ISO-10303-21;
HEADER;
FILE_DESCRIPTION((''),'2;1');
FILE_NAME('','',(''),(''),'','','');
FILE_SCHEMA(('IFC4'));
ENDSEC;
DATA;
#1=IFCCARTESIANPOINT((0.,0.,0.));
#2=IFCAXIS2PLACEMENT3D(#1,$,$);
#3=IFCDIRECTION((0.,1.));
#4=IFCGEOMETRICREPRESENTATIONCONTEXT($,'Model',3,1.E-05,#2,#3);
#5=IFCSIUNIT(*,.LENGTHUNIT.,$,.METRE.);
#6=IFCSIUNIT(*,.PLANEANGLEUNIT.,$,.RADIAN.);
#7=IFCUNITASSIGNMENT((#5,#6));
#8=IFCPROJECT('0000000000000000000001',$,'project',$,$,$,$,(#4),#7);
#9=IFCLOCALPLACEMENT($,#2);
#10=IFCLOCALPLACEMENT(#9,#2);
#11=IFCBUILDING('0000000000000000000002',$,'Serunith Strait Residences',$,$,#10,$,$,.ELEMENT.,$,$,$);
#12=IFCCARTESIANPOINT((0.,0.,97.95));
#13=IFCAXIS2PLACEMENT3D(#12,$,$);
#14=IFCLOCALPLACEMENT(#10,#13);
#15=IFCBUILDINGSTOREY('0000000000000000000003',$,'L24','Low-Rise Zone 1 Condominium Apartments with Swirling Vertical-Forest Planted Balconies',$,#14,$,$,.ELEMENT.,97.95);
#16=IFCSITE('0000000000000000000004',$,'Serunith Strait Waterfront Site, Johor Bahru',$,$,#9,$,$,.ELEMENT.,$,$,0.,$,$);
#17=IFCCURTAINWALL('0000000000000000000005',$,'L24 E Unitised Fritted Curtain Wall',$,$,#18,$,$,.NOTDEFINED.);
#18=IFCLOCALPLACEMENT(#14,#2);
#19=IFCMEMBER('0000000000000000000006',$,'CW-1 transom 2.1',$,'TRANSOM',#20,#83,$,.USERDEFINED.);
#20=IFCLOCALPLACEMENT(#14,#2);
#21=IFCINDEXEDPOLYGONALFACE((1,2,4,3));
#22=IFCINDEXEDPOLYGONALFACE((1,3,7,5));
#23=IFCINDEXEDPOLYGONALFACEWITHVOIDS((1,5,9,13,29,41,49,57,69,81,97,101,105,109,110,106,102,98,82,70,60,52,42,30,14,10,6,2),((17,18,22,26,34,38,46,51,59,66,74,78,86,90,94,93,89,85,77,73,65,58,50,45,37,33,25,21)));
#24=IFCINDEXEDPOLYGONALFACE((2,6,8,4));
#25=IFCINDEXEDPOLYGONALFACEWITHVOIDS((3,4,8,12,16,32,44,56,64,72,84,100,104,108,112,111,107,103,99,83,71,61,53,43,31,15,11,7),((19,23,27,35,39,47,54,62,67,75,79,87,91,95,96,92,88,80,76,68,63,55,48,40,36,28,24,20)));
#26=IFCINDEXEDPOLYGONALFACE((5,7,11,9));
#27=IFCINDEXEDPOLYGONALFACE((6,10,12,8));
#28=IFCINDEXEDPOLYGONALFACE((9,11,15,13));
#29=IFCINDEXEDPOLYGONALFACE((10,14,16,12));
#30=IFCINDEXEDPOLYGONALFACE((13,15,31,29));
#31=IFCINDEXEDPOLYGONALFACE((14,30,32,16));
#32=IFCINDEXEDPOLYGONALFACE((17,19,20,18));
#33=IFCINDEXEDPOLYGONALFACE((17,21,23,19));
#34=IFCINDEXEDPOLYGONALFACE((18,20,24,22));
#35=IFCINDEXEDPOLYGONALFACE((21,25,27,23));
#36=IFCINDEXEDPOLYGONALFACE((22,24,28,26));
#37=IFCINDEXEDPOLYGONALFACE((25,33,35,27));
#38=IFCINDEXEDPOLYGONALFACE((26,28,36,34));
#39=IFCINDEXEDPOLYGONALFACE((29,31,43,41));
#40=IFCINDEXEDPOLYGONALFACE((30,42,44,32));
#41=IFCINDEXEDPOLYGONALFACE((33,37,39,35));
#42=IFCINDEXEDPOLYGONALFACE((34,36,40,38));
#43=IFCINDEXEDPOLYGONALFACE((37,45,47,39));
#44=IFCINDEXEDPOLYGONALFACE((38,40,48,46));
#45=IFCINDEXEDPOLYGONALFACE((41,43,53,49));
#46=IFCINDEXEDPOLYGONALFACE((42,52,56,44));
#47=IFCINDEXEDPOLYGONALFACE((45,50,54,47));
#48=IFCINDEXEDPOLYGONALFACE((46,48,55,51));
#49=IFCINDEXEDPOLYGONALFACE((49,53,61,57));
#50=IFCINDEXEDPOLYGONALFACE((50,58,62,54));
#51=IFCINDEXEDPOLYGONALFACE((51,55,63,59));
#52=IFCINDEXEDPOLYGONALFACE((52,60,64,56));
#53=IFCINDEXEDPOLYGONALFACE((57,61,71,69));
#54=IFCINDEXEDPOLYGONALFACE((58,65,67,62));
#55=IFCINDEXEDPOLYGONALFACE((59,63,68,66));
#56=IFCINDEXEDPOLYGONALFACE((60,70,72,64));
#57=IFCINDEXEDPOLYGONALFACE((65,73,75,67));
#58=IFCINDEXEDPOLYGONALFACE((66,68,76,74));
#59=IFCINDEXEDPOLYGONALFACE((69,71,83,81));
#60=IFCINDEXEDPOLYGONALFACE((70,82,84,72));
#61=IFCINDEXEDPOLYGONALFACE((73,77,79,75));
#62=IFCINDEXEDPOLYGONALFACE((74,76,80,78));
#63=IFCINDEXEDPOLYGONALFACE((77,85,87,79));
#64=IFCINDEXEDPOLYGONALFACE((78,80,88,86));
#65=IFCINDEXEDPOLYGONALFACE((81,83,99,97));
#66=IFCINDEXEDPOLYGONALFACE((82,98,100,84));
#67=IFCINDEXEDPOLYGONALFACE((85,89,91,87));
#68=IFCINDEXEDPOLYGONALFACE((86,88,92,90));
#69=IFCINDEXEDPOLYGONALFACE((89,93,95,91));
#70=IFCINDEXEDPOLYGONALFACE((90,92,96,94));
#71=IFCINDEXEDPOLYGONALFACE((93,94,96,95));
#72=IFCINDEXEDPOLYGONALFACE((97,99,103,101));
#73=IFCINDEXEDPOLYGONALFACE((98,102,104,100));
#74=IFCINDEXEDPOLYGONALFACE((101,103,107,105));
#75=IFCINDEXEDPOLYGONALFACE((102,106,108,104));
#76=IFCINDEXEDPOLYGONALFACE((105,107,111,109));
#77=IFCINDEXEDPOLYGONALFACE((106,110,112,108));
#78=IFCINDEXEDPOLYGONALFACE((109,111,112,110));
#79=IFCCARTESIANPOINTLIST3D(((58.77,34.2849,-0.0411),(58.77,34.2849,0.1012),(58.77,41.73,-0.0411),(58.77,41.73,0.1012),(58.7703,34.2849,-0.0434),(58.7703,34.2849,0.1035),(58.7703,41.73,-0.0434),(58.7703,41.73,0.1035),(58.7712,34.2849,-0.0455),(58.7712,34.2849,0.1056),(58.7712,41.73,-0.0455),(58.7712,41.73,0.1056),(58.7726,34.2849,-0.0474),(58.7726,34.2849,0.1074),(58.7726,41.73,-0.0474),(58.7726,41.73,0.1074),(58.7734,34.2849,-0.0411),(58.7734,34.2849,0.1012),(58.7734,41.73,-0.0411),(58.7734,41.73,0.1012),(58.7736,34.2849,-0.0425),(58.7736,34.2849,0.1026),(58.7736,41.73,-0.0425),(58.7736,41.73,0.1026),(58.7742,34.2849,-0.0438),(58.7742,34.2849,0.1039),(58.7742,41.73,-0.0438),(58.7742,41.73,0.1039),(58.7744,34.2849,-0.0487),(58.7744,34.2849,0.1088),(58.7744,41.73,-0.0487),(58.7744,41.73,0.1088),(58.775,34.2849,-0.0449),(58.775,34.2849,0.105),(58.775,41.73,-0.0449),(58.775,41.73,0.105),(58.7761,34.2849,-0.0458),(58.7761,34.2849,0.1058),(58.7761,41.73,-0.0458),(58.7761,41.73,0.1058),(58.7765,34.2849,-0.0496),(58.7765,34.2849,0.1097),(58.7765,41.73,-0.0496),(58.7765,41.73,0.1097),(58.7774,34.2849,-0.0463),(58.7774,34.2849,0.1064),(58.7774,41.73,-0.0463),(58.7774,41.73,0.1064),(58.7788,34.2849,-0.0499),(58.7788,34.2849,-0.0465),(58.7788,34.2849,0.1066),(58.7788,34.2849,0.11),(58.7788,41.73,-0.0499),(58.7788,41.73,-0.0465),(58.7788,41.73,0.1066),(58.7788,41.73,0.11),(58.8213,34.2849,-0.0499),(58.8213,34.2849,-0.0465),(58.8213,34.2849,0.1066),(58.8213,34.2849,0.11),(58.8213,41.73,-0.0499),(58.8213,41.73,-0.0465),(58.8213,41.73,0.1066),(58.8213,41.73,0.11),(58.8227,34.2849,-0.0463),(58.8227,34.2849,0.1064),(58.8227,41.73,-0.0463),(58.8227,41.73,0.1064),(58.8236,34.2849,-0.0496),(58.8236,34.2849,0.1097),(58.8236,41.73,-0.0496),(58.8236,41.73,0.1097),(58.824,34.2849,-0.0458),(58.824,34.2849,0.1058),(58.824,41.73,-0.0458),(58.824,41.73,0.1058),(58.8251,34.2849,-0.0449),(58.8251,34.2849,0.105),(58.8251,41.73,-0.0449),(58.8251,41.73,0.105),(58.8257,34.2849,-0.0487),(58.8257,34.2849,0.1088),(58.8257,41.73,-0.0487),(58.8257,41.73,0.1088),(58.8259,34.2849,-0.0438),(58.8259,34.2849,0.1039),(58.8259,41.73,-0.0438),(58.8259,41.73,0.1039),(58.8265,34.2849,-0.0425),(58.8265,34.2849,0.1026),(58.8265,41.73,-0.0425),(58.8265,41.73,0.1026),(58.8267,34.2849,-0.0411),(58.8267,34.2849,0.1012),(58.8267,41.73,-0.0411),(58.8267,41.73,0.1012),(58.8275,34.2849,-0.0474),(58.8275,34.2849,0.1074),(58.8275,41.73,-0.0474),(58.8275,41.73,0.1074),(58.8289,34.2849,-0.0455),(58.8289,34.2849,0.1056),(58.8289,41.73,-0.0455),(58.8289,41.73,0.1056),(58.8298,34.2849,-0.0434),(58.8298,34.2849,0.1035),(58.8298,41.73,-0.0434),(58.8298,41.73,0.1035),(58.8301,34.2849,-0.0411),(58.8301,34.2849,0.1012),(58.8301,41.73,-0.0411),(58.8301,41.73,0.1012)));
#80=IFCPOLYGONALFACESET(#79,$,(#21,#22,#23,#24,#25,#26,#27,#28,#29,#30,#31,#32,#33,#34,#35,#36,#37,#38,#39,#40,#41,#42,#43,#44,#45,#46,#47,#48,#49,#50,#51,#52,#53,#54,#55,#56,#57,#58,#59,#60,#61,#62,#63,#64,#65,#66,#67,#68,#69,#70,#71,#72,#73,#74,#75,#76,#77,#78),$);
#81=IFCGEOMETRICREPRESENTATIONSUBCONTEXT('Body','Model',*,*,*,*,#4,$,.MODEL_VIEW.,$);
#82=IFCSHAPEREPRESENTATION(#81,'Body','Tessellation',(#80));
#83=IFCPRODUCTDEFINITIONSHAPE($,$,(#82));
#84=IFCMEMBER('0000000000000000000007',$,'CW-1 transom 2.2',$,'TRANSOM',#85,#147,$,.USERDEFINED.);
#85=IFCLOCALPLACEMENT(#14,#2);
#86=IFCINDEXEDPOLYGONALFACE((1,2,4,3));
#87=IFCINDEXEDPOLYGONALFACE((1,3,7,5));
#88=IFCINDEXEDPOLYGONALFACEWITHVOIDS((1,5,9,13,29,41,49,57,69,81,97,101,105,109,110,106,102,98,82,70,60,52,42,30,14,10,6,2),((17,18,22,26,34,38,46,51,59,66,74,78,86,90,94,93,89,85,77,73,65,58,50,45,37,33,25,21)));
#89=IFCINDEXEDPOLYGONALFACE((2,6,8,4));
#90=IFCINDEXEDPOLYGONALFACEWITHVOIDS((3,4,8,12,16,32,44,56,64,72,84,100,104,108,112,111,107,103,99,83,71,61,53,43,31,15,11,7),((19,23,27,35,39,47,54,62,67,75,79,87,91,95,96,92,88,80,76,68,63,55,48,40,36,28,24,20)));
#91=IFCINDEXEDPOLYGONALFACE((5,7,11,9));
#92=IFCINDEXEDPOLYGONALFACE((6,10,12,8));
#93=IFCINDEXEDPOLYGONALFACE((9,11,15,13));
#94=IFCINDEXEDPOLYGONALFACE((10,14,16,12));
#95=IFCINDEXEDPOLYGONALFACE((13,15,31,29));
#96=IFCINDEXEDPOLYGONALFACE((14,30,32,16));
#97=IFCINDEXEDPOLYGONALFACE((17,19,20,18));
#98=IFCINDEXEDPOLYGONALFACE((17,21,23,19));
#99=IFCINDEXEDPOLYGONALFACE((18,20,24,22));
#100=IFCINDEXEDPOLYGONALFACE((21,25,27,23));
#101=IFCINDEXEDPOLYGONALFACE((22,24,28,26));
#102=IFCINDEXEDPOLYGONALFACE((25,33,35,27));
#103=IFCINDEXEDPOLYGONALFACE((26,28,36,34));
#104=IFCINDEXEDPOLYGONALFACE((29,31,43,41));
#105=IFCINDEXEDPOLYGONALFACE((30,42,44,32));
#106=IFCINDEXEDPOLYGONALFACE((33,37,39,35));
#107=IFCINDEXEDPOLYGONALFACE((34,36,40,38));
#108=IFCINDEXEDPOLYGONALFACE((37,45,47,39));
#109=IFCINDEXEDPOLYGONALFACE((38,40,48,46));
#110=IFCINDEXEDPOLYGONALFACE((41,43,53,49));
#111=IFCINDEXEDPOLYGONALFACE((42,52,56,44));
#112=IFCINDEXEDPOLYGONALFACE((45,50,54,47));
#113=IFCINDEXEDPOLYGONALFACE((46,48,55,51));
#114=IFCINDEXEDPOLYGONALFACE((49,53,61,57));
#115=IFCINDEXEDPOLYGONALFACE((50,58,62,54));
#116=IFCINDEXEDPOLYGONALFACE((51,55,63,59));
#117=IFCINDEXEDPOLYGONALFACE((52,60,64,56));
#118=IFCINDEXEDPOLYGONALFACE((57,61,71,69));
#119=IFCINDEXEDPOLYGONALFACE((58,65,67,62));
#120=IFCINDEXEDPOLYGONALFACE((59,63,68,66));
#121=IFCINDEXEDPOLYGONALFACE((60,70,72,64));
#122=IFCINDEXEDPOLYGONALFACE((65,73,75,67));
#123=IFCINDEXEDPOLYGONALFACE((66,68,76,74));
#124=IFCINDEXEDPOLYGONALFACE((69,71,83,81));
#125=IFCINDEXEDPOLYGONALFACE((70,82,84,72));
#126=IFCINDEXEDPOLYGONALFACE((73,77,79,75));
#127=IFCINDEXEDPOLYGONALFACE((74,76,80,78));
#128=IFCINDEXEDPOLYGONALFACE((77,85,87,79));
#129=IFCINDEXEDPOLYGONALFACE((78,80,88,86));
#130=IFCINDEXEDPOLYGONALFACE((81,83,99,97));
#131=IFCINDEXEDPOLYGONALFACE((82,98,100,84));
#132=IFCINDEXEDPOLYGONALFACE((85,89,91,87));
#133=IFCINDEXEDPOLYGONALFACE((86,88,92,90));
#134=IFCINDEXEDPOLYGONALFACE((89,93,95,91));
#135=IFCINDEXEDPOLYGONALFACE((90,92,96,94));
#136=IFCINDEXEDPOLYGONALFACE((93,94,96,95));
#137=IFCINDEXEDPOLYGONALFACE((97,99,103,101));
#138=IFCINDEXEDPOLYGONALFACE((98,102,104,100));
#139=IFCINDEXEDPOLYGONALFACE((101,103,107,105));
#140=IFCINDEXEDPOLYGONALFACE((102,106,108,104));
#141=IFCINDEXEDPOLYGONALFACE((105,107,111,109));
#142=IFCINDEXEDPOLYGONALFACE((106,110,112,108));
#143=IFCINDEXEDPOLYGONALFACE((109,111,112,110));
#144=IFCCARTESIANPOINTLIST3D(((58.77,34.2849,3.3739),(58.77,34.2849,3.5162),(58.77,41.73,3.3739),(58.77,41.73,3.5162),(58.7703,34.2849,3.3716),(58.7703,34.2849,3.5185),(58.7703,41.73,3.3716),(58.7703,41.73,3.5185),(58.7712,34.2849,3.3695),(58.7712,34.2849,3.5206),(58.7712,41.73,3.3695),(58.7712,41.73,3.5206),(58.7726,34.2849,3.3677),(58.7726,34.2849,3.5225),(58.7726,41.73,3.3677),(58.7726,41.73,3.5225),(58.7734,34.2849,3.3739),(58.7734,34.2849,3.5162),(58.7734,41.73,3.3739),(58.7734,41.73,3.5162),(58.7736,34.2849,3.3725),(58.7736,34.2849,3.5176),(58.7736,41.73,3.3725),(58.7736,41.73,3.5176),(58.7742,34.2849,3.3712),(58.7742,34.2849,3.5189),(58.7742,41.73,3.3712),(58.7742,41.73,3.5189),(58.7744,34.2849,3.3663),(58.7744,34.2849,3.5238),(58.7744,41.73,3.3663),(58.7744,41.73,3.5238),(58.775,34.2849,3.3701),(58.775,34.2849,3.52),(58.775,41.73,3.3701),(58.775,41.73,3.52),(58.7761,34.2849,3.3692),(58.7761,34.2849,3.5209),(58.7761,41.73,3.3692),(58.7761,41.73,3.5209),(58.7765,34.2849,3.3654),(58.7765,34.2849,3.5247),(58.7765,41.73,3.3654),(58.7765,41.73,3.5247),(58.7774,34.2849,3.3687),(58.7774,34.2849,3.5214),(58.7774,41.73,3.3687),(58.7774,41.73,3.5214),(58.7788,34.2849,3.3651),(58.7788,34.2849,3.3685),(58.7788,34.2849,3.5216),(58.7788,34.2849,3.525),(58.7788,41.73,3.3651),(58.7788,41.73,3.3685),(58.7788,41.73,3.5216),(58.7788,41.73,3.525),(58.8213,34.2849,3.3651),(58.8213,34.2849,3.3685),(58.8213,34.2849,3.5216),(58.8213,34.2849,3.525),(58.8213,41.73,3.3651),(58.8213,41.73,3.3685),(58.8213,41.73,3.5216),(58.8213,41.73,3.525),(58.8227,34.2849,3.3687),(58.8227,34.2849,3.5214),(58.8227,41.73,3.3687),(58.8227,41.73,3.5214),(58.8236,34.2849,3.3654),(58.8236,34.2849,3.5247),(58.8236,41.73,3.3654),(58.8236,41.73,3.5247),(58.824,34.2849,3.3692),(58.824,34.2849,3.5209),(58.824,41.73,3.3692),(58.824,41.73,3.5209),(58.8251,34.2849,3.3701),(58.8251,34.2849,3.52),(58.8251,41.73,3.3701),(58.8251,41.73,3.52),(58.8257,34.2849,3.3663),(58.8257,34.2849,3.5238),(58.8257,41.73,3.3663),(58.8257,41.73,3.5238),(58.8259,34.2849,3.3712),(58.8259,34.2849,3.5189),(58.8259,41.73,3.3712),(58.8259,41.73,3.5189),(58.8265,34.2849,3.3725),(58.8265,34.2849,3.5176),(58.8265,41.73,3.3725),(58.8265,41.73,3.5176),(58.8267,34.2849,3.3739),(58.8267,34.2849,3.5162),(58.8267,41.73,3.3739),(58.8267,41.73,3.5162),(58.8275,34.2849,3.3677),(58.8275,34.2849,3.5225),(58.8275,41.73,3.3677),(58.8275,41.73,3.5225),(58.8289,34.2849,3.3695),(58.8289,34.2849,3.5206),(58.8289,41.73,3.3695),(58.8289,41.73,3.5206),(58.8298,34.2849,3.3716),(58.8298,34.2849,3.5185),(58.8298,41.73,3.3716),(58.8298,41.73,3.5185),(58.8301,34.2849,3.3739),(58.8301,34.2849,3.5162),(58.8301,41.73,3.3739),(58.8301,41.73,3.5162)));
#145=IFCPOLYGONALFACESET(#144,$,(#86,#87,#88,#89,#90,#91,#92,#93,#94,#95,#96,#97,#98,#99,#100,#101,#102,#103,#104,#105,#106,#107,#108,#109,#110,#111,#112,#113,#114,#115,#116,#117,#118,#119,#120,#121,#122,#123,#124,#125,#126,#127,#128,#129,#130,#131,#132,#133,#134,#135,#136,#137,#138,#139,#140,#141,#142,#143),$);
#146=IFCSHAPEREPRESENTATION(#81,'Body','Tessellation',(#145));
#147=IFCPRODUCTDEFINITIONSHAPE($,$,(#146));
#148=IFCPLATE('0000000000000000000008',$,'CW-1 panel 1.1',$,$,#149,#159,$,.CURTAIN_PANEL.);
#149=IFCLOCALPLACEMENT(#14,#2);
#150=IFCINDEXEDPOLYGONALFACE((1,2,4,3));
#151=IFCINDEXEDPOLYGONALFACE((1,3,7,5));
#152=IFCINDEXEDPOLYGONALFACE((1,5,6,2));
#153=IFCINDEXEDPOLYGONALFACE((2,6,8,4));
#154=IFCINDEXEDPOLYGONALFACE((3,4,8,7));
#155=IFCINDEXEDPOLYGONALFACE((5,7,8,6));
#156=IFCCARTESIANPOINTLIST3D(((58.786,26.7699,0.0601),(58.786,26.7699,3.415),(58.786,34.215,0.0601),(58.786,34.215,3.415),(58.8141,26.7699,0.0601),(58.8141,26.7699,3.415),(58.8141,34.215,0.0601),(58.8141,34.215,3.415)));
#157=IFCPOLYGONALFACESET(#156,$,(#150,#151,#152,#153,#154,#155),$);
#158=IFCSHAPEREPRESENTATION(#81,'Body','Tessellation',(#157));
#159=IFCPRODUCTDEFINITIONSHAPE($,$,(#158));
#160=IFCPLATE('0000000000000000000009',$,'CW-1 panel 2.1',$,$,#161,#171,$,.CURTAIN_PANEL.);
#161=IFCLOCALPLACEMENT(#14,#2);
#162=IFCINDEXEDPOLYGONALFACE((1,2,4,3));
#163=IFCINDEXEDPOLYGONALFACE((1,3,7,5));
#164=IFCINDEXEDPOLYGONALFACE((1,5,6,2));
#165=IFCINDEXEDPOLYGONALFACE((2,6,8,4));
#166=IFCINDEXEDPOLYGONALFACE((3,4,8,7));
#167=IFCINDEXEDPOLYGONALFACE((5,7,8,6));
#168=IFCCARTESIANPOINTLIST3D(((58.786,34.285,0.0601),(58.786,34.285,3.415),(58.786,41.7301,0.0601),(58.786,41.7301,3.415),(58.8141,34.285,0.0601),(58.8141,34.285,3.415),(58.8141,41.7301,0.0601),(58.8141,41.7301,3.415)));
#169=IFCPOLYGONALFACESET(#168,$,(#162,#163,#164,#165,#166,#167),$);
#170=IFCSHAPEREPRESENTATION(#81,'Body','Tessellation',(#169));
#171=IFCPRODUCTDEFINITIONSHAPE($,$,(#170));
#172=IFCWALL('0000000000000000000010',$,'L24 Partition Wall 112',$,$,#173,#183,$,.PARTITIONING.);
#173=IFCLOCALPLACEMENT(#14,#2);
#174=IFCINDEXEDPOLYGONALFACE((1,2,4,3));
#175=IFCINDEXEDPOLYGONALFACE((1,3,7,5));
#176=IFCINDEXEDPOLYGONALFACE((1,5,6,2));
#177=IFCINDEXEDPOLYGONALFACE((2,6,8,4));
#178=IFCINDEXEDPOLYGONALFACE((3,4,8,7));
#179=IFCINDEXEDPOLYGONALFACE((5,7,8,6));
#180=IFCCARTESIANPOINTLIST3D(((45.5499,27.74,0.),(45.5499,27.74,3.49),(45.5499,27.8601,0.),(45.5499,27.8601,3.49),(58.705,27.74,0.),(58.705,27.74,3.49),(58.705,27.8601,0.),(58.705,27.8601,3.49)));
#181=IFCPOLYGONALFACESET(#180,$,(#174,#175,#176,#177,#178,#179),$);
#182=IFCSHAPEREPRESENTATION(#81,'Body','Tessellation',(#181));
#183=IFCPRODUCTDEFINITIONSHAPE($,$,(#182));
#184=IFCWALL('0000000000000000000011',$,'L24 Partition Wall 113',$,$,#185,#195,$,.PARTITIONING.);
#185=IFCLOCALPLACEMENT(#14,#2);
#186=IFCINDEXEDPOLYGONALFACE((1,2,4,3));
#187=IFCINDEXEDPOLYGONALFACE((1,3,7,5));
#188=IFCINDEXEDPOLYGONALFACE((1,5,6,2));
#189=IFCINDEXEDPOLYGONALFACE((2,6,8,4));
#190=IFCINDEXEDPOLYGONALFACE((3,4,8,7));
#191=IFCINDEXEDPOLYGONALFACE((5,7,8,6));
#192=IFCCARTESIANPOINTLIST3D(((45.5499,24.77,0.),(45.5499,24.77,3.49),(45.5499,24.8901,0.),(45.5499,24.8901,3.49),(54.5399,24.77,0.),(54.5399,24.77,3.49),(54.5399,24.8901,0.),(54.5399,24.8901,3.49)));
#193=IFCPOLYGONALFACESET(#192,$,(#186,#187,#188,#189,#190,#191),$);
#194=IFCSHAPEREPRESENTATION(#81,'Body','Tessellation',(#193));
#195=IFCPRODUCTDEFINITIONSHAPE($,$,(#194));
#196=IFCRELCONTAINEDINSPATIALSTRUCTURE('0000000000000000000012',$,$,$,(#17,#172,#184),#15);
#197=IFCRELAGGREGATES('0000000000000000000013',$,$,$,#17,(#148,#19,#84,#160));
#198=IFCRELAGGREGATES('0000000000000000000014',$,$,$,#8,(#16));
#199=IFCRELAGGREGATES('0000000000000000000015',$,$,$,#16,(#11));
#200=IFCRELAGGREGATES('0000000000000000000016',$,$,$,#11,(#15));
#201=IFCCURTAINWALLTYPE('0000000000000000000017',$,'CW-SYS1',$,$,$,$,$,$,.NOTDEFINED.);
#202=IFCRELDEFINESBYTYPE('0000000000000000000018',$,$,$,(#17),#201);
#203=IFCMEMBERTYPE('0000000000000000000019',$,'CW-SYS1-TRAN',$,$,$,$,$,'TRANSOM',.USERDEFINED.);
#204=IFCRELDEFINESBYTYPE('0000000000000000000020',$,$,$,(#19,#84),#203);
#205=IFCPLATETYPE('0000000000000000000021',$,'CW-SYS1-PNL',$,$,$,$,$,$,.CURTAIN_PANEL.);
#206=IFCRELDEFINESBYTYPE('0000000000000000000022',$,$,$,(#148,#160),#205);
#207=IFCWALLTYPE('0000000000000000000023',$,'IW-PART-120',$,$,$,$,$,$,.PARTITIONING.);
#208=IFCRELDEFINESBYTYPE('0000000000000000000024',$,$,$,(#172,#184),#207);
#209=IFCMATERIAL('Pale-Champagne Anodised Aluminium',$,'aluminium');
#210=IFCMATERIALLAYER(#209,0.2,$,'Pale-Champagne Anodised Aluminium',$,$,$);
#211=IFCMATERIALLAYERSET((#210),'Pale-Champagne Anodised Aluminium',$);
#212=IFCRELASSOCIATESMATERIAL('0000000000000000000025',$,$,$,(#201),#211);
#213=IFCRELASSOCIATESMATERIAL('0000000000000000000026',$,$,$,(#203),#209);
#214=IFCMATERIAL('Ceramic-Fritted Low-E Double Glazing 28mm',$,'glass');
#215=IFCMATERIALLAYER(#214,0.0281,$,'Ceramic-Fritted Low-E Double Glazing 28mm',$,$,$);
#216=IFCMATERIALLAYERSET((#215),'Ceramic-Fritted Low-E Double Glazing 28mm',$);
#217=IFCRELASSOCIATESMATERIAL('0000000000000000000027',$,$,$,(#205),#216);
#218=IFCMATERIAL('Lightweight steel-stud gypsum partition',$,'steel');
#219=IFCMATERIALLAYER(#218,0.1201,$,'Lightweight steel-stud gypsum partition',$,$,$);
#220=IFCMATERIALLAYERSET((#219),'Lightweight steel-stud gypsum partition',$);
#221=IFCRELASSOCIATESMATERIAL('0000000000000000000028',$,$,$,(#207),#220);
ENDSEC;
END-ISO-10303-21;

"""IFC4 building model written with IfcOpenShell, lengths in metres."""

from ifc_helpers import new_model, si_unit, direction, frame, frame_2d, origin, origin_2d, place, context, subcontext, project, spatial, rectangle, hollow_rectangle, extrude, source, transform, mapped, material, layer, layer_set, material_profile, profile_set, type_object, element, aggregate, save


model = new_model("IFC4")

# Units and contexts
model_context = context("Model", 3, precision=1e-05, world=origin(), true_north=direction((0.0, 1.0)))
body_context = subcontext(model_context, "Body", "Model", "MODEL_VIEW")
ifc_project = project(units=[si_unit("LENGTHUNIT", "METRE"), si_unit("PLANEANGLEUNIT", "RADIAN")], contexts=[model_context])

# Site, building, storey
site_placement = place(None, origin())
site = spatial("IfcSite", under=ifc_project, at=site_placement, Name="Serunith Strait Waterfront Site, Johor Bahru", CompositionType="ELEMENT", RefElevation=0.0)
building_placement = place(site_placement, origin())
building = spatial("IfcBuilding", under=site, at=building_placement, Name="Serunith Strait Residences", CompositionType="ELEMENT")
storey_placement = place(building_placement, frame((0.0, 0.0, 97.95)))
storey = spatial("IfcBuildingStorey", under=building, at=storey_placement, Name="L24", Description="Low-Rise Zone 1 Condominium Apartments with Swirling Vertical-Forest Planted Balconies", CompositionType="ELEMENT", Elevation=97.95)

# Curtain wall, members, plates
ifc_material_1 = material(Name="Pale-Champagne Anodised Aluminium", Category="aluminium")
ifc_layer_1 = layer(ifc_material_1, 0.2, Name="Pale-Champagne Anodised Aluminium")
ifc_layer_set_1 = layer_set([ifc_layer_1], Name="Pale-Champagne Anodised Aluminium")
curtain_wall_type = type_object("IfcCurtainWallType", Name="CW-SYS1", PredefinedType="NOTDEFINED", material=ifc_layer_set_1)
curtain_wall_placement = place(storey_placement, origin())
curtain_wall = element("IfcCurtainWall", 1, at=curtain_wall_placement, inside=storey, type_object=curtain_wall_type, Name="L24 E Unitised Fritted Curtain Wall", PredefinedType="NOTDEFINED")
ifc_material_profile_1 = material_profile(ifc_material_1, hollow_rectangle(XDim=0.0601, YDim=0.1599, WallThickness=0.0034, InnerFilletRadius=0.0054, OuterFilletRadius=0.0088, at=origin_2d()), Name="ALU 160x60x3.5")
ifc_profile_set_1 = profile_set([ifc_material_profile_1], Name="Pale-Champagne Anodised Aluminium")
member_type_1 = type_object("IfcMemberType", Name="CW-SYS1-TRAN", ElementType="TRANSOM", PredefinedType="USERDEFINED", material=ifc_profile_set_1)
shared_shape_1 = source(origin(), body_context, "Body", "SweptSolid", [
    extrude(hollow_rectangle(XDim=0.0601, YDim=0.1599, WallThickness=0.0034, InnerFilletRadius=0.0054, OuterFilletRadius=0.0088, at=origin_2d()), origin(), (0.0, 0.0, 1.0), 7.4451),
])
member_1_placement = place(storey_placement, frame((58.8, 34.2849, 0.03), z_axis=(0.0, 1.0, 0.0), x_axis=(-1.0, 0.0, 0.0)))
member_1 = element("IfcMember", 2, at=member_1_placement, type_object=member_type_1, Name="CW-1 transom 2.1", ObjectType="TRANSOM", PredefinedType="USERDEFINED", context=body_context, shape_type="MappedRepresentation", body=[
    mapped(shared_shape_1, transform((0.0, 0.0, 0.0), scale=1.0)),
])
member_2_placement = place(storey_placement, frame((58.8, 34.2849, 3.4451), z_axis=(0.0, 1.0, 0.0), x_axis=(-1.0, 0.0, 0.0)))
member_2 = element("IfcMember", 3, at=member_2_placement, type_object=member_type_1, Name="CW-1 transom 2.2", ObjectType="TRANSOM", PredefinedType="USERDEFINED", context=body_context, shape_type="MappedRepresentation", body=[
    mapped(shared_shape_1, transform((0.0, 0.0, 0.0), scale=1.0)),
])
ifc_material_2 = material(Name="Ceramic-Fritted Low-E Double Glazing 28mm", Category="glass")
ifc_layer_2 = layer(ifc_material_2, 0.0281, Name="Ceramic-Fritted Low-E Double Glazing 28mm")
ifc_layer_set_2 = layer_set([ifc_layer_2], Name="Ceramic-Fritted Low-E Double Glazing 28mm")
plate_type = type_object("IfcPlateType", Name="CW-SYS1-PNL", PredefinedType="CURTAIN_PANEL", material=ifc_layer_set_2)
shared_shape_2 = source(origin(), body_context, "Body", "SweptSolid", [
    extrude(rectangle(XDim=7.4451, YDim=0.0281, at=origin_2d()), origin(), (0.0, 0.0, 1.0), 3.355),
])
plate_1_placement = place(storey_placement, frame((58.8, 30.4924, 0.0601), z_axis=(0.0, 0.0, 1.0), x_axis=(0.0, 1.0, 0.0)))
plate_1 = element("IfcPlate", 4, at=plate_1_placement, type_object=plate_type, Name="CW-1 panel 1.1", PredefinedType="CURTAIN_PANEL", context=body_context, shape_type="MappedRepresentation", body=[
    mapped(shared_shape_2, transform((0.0, 0.0, 0.0), scale=1.0)),
])
plate_2_placement = place(storey_placement, frame((58.8, 38.0076, 0.0601), z_axis=(0.0, 0.0, 1.0), x_axis=(0.0, 1.0, 0.0)))
plate_2 = element("IfcPlate", 5, at=plate_2_placement, type_object=plate_type, Name="CW-1 panel 2.1", PredefinedType="CURTAIN_PANEL", context=body_context, shape_type="MappedRepresentation", body=[
    mapped(shared_shape_2, transform((0.0, 0.0, 0.0), scale=1.0)),
])
aggregate(curtain_wall, [plate_1, member_1, member_2, plate_2])

# Walls
ifc_material_3 = material(Name="Lightweight steel-stud gypsum partition", Category="steel")
ifc_layer_3 = layer(ifc_material_3, 0.1201, Name="Lightweight steel-stud gypsum partition")
ifc_layer_set_3 = layer_set([ifc_layer_3], Name="Lightweight steel-stud gypsum partition")
wall_type_1 = type_object("IfcWallType", Name="IW-PART-120", PredefinedType="PARTITIONING", material=ifc_layer_set_3)
wall_1_placement = place(storey_placement, frame((58.7051, 27.8, 0.0), z_axis=(0.0, 0.0, 1.0), x_axis=(-1.0, 0.0, 0.0)))
element("IfcWall", 6, at=wall_1_placement, inside=storey, type_object=wall_type_1, Name="L24 Partition Wall 112", PredefinedType="PARTITIONING", context=body_context, shape_type="SweptSolid", body=[
    extrude(rectangle(XDim=13.155, YDim=0.1201, at=frame_2d((6.5776, 0.0))), origin(), (0.0, 0.0, 1.0), 3.49),
])
wall_2_placement = place(storey_placement, frame((54.54, 24.8301, 0.0), z_axis=(0.0, 0.0, 1.0), x_axis=(-1.0, 0.0, 0.0)))
element("IfcWall", 7, at=wall_2_placement, inside=storey, type_object=wall_type_1, Name="L24 Partition Wall 113", PredefinedType="PARTITIONING", context=body_context, shape_type="SweptSolid", body=[
    extrude(rectangle(XDim=8.99, YDim=0.1201, at=frame_2d((4.4951, 0.0))), origin(), (0.0, 0.0, 1.0), 3.49),
])

save(model, "model.ifc")
